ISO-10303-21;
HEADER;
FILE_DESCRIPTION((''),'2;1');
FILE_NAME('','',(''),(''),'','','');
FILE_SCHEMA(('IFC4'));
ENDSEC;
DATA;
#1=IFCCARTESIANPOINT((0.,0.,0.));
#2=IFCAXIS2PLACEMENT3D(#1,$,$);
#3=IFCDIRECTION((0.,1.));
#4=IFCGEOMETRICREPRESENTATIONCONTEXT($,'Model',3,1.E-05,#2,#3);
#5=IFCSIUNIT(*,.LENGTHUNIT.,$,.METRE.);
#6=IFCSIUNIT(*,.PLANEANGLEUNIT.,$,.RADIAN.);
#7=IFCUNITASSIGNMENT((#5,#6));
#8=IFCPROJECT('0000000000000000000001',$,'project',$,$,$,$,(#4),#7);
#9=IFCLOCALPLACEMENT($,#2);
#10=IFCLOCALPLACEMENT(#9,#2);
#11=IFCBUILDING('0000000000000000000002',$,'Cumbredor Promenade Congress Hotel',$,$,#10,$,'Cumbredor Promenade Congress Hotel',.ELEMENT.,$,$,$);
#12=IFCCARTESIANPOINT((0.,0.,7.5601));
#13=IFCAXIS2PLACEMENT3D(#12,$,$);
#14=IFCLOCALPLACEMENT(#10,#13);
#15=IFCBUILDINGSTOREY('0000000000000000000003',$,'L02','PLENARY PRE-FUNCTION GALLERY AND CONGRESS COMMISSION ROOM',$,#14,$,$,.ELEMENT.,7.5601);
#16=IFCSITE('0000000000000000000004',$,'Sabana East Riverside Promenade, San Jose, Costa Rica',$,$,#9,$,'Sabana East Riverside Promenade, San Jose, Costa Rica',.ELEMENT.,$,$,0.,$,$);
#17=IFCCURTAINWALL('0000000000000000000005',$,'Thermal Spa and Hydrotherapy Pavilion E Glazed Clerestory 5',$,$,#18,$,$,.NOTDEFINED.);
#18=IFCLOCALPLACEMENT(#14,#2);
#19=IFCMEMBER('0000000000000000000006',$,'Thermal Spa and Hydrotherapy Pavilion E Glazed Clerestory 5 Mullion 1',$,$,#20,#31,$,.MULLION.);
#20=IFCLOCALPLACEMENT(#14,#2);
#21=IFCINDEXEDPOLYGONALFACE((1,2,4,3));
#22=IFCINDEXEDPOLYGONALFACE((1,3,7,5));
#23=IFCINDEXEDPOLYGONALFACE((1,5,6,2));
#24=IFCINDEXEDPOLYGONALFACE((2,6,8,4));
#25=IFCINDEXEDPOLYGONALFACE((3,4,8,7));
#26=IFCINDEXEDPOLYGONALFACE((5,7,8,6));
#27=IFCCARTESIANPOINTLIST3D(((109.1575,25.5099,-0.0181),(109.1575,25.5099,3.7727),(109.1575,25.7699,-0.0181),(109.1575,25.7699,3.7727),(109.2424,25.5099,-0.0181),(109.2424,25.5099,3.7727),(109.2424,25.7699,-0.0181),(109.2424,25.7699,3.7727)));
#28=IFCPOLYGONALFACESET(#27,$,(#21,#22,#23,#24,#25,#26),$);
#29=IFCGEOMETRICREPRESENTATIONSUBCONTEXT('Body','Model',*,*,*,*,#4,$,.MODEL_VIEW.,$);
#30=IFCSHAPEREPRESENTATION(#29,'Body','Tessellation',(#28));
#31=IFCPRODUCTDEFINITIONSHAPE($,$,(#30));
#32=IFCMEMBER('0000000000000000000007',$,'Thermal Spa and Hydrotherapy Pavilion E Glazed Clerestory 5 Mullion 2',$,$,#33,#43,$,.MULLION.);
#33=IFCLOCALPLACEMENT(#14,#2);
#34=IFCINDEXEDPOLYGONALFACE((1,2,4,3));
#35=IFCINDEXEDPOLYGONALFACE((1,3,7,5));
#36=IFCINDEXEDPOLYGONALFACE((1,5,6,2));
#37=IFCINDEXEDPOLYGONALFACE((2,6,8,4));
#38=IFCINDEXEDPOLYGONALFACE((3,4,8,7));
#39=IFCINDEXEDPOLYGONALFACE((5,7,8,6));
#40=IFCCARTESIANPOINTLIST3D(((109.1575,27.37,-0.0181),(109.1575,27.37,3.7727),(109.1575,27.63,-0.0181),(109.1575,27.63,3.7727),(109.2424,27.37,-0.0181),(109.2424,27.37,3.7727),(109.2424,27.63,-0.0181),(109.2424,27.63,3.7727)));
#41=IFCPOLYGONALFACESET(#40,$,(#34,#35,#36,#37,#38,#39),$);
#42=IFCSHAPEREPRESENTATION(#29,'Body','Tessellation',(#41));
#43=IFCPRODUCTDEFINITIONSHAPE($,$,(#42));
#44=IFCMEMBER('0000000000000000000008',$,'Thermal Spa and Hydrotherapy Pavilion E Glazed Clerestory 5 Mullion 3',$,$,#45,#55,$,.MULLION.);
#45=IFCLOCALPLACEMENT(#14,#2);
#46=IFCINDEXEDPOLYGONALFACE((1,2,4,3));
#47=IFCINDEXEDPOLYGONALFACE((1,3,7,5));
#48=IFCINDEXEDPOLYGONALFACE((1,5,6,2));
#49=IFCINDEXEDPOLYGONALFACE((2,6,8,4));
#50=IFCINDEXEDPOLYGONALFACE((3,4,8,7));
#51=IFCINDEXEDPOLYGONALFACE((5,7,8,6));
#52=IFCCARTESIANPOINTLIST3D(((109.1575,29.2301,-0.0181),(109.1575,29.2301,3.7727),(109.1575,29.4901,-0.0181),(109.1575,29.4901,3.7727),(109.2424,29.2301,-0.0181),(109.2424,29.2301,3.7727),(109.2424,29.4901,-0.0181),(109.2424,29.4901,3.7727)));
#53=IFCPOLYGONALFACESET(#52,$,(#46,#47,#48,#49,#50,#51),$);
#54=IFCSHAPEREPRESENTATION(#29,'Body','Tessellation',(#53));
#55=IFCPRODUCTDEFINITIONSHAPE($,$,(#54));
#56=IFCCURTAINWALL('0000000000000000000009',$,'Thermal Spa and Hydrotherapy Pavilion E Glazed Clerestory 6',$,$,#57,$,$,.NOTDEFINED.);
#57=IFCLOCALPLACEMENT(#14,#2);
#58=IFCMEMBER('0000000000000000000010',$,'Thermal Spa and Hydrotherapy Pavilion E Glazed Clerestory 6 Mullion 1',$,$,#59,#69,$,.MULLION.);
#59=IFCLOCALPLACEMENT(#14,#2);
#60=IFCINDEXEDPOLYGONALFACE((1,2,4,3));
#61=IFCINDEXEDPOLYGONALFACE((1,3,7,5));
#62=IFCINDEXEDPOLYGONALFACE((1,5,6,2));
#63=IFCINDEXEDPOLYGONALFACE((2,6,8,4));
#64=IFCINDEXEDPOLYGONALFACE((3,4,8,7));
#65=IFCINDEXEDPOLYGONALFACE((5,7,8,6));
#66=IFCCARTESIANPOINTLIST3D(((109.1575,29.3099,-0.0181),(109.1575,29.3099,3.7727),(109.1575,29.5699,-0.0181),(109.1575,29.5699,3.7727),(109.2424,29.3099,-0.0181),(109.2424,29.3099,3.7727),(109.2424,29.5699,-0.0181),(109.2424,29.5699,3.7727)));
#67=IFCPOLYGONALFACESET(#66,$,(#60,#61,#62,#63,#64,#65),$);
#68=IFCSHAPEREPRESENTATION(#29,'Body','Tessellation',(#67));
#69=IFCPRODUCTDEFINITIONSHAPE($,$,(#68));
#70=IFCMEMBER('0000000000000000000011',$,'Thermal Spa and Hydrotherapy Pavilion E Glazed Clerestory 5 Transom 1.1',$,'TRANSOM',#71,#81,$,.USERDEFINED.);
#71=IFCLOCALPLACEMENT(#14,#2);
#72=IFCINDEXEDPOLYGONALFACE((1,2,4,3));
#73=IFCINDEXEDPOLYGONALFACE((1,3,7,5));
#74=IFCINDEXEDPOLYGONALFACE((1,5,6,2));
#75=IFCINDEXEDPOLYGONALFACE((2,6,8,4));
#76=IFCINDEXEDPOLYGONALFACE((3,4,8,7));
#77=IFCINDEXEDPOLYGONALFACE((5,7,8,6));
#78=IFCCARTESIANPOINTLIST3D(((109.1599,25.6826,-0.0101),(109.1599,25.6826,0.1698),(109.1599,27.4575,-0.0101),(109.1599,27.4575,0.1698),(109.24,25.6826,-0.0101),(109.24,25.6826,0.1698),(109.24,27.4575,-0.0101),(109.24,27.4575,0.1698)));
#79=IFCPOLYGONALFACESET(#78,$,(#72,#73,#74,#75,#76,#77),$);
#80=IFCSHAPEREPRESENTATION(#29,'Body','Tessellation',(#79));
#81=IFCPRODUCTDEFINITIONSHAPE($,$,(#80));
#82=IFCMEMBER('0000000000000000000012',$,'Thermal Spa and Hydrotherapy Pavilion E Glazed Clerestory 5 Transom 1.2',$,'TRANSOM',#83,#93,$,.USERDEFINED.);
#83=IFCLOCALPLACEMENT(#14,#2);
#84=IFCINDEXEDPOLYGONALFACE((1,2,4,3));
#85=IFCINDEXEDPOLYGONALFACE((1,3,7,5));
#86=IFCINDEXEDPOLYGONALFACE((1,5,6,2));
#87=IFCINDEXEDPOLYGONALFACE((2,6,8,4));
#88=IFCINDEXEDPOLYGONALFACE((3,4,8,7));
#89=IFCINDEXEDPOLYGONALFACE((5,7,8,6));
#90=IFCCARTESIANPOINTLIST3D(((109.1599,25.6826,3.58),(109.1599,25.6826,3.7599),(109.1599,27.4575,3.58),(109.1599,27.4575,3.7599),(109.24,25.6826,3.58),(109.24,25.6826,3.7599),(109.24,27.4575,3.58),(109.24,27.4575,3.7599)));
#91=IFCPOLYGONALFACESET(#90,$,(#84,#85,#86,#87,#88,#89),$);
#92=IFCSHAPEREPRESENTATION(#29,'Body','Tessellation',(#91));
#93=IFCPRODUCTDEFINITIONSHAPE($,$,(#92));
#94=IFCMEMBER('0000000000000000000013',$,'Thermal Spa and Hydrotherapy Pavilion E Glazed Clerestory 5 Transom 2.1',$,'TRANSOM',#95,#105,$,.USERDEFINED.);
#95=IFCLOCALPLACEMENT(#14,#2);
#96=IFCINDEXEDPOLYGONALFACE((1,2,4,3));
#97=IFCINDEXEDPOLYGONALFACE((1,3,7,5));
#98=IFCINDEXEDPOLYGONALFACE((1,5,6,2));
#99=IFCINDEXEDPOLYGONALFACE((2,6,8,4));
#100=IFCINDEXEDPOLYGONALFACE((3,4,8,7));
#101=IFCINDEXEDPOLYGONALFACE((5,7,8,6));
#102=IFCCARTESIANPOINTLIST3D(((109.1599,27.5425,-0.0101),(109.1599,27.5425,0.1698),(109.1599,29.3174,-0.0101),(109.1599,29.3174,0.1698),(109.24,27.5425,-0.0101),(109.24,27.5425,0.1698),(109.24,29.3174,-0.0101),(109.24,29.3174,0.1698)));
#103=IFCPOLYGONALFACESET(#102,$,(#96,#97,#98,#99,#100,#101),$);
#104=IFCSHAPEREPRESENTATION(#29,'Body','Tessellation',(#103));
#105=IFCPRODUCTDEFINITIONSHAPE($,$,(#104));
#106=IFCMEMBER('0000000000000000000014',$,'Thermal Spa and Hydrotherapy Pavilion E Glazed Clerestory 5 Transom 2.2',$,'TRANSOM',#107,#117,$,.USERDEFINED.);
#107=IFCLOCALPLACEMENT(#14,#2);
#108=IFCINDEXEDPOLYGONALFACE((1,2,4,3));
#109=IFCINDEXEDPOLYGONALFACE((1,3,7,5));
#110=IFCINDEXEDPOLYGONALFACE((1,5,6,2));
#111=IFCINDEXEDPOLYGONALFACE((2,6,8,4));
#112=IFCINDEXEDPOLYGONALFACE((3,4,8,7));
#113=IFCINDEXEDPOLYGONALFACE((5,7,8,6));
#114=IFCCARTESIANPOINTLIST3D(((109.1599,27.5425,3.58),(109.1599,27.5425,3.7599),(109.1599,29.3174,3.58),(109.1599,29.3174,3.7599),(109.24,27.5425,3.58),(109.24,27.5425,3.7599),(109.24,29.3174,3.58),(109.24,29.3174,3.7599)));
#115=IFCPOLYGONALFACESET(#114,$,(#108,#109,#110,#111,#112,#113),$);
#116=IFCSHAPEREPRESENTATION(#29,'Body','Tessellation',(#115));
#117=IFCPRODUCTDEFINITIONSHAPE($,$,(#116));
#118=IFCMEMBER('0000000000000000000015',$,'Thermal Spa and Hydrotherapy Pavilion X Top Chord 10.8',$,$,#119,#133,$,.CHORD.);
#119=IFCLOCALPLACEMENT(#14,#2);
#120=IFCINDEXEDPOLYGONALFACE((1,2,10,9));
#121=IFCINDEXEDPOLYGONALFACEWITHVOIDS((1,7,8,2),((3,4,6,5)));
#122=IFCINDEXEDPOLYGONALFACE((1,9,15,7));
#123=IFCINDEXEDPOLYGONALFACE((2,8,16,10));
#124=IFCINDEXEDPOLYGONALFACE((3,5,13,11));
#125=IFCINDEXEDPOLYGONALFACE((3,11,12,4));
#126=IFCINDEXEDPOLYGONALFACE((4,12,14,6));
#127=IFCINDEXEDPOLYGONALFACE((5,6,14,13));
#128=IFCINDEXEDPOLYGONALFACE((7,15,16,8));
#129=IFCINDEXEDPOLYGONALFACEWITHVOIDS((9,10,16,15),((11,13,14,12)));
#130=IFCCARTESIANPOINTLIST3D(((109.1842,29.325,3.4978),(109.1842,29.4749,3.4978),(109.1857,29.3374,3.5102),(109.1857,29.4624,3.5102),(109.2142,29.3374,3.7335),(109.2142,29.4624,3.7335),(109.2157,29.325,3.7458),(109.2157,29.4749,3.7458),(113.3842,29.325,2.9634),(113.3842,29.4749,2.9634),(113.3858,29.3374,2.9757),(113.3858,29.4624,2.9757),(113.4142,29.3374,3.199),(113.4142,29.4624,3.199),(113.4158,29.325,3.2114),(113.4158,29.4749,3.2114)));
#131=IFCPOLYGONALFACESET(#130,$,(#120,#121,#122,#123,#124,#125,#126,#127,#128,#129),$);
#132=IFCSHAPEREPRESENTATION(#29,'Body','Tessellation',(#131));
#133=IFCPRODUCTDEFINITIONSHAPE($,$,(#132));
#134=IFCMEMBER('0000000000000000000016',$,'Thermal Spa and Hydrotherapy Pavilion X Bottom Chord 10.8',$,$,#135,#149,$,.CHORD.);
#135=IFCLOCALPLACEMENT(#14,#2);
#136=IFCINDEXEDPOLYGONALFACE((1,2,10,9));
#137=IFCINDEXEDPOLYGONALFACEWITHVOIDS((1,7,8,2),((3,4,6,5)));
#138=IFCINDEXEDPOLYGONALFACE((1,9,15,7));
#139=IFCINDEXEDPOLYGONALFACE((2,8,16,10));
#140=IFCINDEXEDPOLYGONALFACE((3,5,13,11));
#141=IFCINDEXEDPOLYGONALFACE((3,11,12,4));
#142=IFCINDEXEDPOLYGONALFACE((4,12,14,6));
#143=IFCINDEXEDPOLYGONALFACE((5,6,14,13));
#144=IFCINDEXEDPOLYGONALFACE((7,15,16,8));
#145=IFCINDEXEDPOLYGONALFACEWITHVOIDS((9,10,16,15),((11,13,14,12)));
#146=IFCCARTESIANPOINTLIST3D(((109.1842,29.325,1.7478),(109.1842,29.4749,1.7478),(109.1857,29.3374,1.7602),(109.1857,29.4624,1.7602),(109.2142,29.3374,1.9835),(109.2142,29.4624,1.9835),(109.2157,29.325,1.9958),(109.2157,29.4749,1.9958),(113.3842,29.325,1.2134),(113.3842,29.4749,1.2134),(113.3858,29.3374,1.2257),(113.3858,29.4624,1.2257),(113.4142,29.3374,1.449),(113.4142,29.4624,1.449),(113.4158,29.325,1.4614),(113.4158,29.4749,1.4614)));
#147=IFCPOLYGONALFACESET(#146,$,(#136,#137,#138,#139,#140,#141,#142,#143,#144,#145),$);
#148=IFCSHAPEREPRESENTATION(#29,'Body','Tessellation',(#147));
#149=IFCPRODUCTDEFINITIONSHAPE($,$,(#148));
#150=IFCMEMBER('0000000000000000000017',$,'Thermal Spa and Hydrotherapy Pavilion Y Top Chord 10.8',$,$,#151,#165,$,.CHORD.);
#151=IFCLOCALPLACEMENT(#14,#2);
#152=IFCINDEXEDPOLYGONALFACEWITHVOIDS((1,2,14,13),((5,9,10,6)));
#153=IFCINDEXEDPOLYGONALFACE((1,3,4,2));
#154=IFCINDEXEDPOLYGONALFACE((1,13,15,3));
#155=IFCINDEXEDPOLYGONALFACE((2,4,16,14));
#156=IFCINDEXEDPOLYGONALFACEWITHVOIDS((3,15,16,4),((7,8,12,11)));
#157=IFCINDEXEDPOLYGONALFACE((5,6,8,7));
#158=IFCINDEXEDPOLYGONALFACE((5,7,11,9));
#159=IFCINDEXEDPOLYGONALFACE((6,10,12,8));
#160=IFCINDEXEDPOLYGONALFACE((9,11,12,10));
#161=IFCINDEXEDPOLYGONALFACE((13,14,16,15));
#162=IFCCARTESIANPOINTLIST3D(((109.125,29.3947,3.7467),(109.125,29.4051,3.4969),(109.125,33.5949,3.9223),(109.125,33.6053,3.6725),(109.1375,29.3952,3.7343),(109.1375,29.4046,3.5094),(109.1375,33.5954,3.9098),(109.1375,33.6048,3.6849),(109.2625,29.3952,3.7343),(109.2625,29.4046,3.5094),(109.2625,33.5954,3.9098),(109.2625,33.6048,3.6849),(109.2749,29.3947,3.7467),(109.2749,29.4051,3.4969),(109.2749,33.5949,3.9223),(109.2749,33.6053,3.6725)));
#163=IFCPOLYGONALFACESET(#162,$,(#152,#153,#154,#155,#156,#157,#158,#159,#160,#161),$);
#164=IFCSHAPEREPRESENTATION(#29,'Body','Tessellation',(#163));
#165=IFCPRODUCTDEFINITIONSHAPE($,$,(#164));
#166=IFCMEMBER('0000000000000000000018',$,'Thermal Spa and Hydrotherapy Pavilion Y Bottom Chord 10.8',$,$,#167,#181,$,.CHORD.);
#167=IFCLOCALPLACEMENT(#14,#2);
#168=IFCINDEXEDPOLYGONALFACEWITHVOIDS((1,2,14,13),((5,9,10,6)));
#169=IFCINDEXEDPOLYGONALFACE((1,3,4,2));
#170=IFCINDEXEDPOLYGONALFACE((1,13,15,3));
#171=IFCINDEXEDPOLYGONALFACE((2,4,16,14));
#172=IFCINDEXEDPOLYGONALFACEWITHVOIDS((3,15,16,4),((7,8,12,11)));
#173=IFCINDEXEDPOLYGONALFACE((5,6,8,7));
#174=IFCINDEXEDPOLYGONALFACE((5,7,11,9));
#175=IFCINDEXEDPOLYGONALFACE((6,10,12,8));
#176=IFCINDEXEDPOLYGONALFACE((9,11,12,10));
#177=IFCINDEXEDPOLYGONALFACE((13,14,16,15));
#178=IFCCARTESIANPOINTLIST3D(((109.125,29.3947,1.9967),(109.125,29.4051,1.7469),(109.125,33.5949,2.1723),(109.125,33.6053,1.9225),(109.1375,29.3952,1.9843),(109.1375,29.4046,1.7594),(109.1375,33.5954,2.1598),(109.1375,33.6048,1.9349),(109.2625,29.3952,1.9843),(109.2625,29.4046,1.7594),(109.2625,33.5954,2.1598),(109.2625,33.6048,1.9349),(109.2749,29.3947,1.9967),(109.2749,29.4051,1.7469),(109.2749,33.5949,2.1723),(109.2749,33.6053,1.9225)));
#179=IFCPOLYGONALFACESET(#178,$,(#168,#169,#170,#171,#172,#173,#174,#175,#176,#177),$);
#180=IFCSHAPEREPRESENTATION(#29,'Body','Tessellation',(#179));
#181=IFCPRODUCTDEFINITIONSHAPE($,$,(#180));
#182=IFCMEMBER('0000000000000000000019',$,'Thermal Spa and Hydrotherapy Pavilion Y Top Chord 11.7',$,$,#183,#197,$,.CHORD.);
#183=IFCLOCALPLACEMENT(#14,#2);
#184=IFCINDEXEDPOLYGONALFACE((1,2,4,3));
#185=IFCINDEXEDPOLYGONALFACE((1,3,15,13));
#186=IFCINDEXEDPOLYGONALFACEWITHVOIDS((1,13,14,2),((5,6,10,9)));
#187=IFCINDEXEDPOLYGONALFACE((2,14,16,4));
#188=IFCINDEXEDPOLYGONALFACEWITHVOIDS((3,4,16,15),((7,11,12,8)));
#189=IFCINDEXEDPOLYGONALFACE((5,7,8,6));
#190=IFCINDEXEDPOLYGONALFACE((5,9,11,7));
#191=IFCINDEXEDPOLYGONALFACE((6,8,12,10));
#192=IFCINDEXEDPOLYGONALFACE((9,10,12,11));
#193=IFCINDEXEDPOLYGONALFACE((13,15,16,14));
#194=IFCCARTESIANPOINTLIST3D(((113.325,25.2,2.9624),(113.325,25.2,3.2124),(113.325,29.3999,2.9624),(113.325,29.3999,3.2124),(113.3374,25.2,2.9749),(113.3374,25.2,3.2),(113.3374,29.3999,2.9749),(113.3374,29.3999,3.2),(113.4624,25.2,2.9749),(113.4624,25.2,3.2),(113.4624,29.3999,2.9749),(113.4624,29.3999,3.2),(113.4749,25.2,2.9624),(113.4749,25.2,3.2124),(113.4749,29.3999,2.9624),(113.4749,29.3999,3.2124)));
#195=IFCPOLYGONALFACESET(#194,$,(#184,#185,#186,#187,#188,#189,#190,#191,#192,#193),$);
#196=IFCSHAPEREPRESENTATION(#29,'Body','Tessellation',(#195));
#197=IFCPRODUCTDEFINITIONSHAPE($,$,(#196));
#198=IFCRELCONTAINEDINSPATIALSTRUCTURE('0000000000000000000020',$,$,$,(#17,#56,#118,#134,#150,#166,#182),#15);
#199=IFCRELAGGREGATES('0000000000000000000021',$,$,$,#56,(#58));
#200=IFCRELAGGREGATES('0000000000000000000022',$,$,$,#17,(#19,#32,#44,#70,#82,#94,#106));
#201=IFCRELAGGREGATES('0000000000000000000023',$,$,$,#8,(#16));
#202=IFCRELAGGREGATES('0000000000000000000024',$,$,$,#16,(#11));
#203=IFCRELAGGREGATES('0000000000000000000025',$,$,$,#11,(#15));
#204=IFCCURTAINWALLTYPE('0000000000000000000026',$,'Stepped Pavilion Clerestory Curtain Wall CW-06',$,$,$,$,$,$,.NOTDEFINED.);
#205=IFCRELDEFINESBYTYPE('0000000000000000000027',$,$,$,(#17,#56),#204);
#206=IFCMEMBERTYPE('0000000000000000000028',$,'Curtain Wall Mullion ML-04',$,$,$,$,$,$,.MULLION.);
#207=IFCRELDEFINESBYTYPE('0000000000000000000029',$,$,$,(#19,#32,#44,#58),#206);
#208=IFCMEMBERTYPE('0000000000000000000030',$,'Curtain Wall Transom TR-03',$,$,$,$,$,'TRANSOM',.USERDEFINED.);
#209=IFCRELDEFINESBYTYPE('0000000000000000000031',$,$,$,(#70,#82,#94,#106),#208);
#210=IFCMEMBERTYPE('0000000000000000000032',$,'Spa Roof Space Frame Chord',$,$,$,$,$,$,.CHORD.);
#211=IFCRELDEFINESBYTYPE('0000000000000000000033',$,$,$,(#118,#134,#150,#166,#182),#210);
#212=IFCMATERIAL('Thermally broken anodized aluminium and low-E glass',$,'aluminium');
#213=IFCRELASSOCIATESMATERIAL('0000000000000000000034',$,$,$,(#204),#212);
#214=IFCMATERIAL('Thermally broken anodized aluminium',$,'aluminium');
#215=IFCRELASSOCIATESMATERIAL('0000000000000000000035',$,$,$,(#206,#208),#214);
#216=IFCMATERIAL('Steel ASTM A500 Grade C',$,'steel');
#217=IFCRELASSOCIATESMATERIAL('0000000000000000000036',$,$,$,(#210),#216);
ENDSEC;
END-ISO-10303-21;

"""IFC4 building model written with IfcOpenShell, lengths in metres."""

from ifc_helpers import new_model, si_unit, direction, frame, origin, origin_2d, place, context, subcontext, project, spatial, rectangle, hollow_rectangle, extrude, material, material_profile, profile_set, type_object, element, aggregate, save


model = new_model("IFC4")

# Units and contexts
model_context = context("Model", 3, precision=1e-05, world=origin(), true_north=direction((0.0, 1.0)))
body_context = subcontext(model_context, "Body", "Model", "MODEL_VIEW")
ifc_project = project(units=[si_unit("LENGTHUNIT", "METRE"), si_unit("PLANEANGLEUNIT", "RADIAN")], contexts=[model_context])

# Site, building, storey
site_placement = place(None, origin())
site = spatial("IfcSite", under=ifc_project, at=site_placement, Name="Sabana East Riverside Promenade, San Jose, Costa Rica", LongName="Sabana East Riverside Promenade, San Jose, Costa Rica", CompositionType="ELEMENT", RefElevation=0.0)
building_placement = place(site_placement, origin())
building = spatial("IfcBuilding", under=site, at=building_placement, Name="Cumbredor Promenade Congress Hotel", LongName="Cumbredor Promenade Congress Hotel", CompositionType="ELEMENT")
storey_placement = place(building_placement, frame((0.0, 0.0, 7.5601)))
storey = spatial("IfcBuildingStorey", under=building, at=storey_placement, Name="L02", Description="PLENARY PRE-FUNCTION GALLERY AND CONGRESS COMMISSION ROOM", CompositionType="ELEMENT", Elevation=7.5601)

# Curtain wall, members
ifc_material_1 = material(Name="Thermally broken anodized aluminium and low-E glass", Category="aluminium")
curtain_wall_type = type_object("IfcCurtainWallType", Name="Stepped Pavilion Clerestory Curtain Wall CW-06", PredefinedType="NOTDEFINED", material=ifc_material_1)
curtain_wall_1_placement = place(storey_placement, origin())
curtain_wall_1 = element("IfcCurtainWall", 1, at=curtain_wall_1_placement, inside=storey, type_object=curtain_wall_type, Name="Thermal Spa and Hydrotherapy Pavilion E Glazed Clerestory 5", PredefinedType="NOTDEFINED")
ifc_material_2 = material(Name="Thermally broken anodized aluminium", Category="aluminium")
ifc_material_profile_1 = material_profile(ifc_material_2, rectangle(XDim=0.085, YDim=0.26, at=origin_2d()), Name="ALU MULLION CLERESTORY 85x260")
ifc_profile_set_1 = profile_set([ifc_material_profile_1], Name="Thermally broken anodized aluminium")
member_type_1 = type_object("IfcMemberType", Name="Curtain Wall Mullion ML-04", PredefinedType="MULLION", material=ifc_profile_set_1)
member_1_placement = place(storey_placement, frame((109.2, 25.6399, -0.0181), z_axis=(0.0, 0.0, 1.0), x_axis=(1.0, 0.0, 0.0)))
member_1 = element("IfcMember", 2, at=member_1_placement, type_object=member_type_1, Name="Thermal Spa and Hydrotherapy Pavilion E Glazed Clerestory 5 Mullion 1", PredefinedType="MULLION", context=body_context, shape_type="SweptSolid", body=[
    extrude(rectangle(XDim=0.085, YDim=0.26, at=origin_2d()), origin(), (0.0, 0.0, 1.0), 3.7908),
])
member_2_placement = place(storey_placement, frame((109.2, 27.5, -0.0181), z_axis=(0.0, 0.0, 1.0), x_axis=(1.0, 0.0, 0.0)))
member_2 = element("IfcMember", 3, at=member_2_placement, type_object=member_type_1, Name="Thermal Spa and Hydrotherapy Pavilion E Glazed Clerestory 5 Mullion 2", PredefinedType="MULLION", context=body_context, shape_type="SweptSolid", body=[
    extrude(rectangle(XDim=0.085, YDim=0.26, at=origin_2d()), origin(), (0.0, 0.0, 1.0), 3.7908),
])
member_3_placement = place(storey_placement, frame((109.2, 29.3601, -0.0181), z_axis=(0.0, 0.0, 1.0), x_axis=(1.0, 0.0, 0.0)))
member_3 = element("IfcMember", 4, at=member_3_placement, type_object=member_type_1, Name="Thermal Spa and Hydrotherapy Pavilion E Glazed Clerestory 5 Mullion 3", PredefinedType="MULLION", context=body_context, shape_type="SweptSolid", body=[
    extrude(rectangle(XDim=0.085, YDim=0.26, at=origin_2d()), origin(), (0.0, 0.0, 1.0), 3.7908),
])

# Curtain wall, member
curtain_wall_2_placement = place(storey_placement, origin())
curtain_wall_2 = element("IfcCurtainWall", 5, at=curtain_wall_2_placement, inside=storey, type_object=curtain_wall_type, Name="Thermal Spa and Hydrotherapy Pavilion E Glazed Clerestory 6", PredefinedType="NOTDEFINED")
member_4_placement = place(storey_placement, frame((109.2, 29.4399, -0.0181), z_axis=(0.0, 0.0, 1.0), x_axis=(1.0, 0.0, 0.0)))
member_4 = element("IfcMember", 6, at=member_4_placement, type_object=member_type_1, Name="Thermal Spa and Hydrotherapy Pavilion E Glazed Clerestory 6 Mullion 1", PredefinedType="MULLION", context=body_context, shape_type="SweptSolid", body=[
    extrude(rectangle(XDim=0.085, YDim=0.26, at=origin_2d()), origin(), (0.0, 0.0, 1.0), 3.7908),
])
aggregate(curtain_wall_2, [member_4])

# Members
ifc_material_profile_2 = material_profile(ifc_material_2, rectangle(XDim=0.0801, YDim=0.1799, at=origin_2d()), Name="ALU TRANSOM 80x180")
ifc_profile_set_2 = profile_set([ifc_material_profile_2], Name="Thermally broken anodized aluminium")
member_type_2 = type_object("IfcMemberType", Name="Curtain Wall Transom TR-03", ElementType="TRANSOM", PredefinedType="USERDEFINED", material=ifc_profile_set_2)
member_5_placement = place(storey_placement, frame((109.2, 25.6826, 0.0798), z_axis=(0.0, 1.0, 0.0), x_axis=(-1.0, 0.0, 0.0)))
member_5 = element("IfcMember", 7, at=member_5_placement, type_object=member_type_2, Name="Thermal Spa and Hydrotherapy Pavilion E Glazed Clerestory 5 Transom 1.1", ObjectType="TRANSOM", PredefinedType="USERDEFINED", context=body_context, shape_type="SweptSolid", body=[
    extrude(rectangle(XDim=0.0801, YDim=0.1799, at=origin_2d()), origin(), (0.0, 0.0, 1.0), 1.7749),
])
member_6_placement = place(storey_placement, frame((109.2, 25.6826, 3.6699), z_axis=(0.0, 1.0, 0.0), x_axis=(-1.0, 0.0, 0.0)))
member_6 = element("IfcMember", 8, at=member_6_placement, type_object=member_type_2, Name="Thermal Spa and Hydrotherapy Pavilion E Glazed Clerestory 5 Transom 1.2", ObjectType="TRANSOM", PredefinedType="USERDEFINED", context=body_context, shape_type="SweptSolid", body=[
    extrude(rectangle(XDim=0.0801, YDim=0.1799, at=origin_2d()), origin(), (0.0, 0.0, 1.0), 1.7749),
])
member_7_placement = place(storey_placement, frame((109.2, 27.5425, 0.0798), z_axis=(0.0, 1.0, 0.0), x_axis=(-1.0, 0.0, 0.0)))
member_7 = element("IfcMember", 9, at=member_7_placement, type_object=member_type_2, Name="Thermal Spa and Hydrotherapy Pavilion E Glazed Clerestory 5 Transom 2.1", ObjectType="TRANSOM", PredefinedType="USERDEFINED", context=body_context, shape_type="SweptSolid", body=[
    extrude(rectangle(XDim=0.0801, YDim=0.1799, at=origin_2d()), origin(), (0.0, 0.0, 1.0), 1.7749),
])
member_8_placement = place(storey_placement, frame((109.2, 27.5425, 3.6699), z_axis=(0.0, 1.0, 0.0), x_axis=(-1.0, 0.0, 0.0)))
member_8 = element("IfcMember", 10, at=member_8_placement, type_object=member_type_2, Name="Thermal Spa and Hydrotherapy Pavilion E Glazed Clerestory 5 Transom 2.2", ObjectType="TRANSOM", PredefinedType="USERDEFINED", context=body_context, shape_type="SweptSolid", body=[
    extrude(rectangle(XDim=0.0801, YDim=0.1799, at=origin_2d()), origin(), (0.0, 0.0, 1.0), 1.7749),
])

# Members
ifc_material_3 = material(Name="Steel ASTM A500 Grade C", Category="steel")
ifc_material_profile_3 = material_profile(ifc_material_3, hollow_rectangle(XDim=0.1499, YDim=0.25, WallThickness=0.0125, at=origin_2d()), Name="HSS 250x150x12.5")
ifc_profile_set_3 = profile_set([ifc_material_profile_3], Name="Steel ASTM A500 Grade C")
member_type_3 = type_object("IfcMemberType", Name="Spa Roof Space Frame Chord", PredefinedType="CHORD", material=ifc_profile_set_3)
for number, where, z_axis, x_axis, name in (
    (11, (109.2, 29.3999, 3.6218), (0.992001, 0.0, -0.126227), (0.0, 1.0, 0.0), "Thermal Spa and Hydrotherapy Pavilion X Top Chord 10.8"),
    (12, (109.2, 29.3999, 1.8718), (0.992001, 0.0, -0.126227), (0.0, 1.0, 0.0), "Thermal Spa and Hydrotherapy Pavilion X Bottom Chord 10.8"),
):
    element("IfcMember", number, at=place(storey_placement, frame(where, z_axis=z_axis, x_axis=x_axis)), inside=storey, type_object=member_type_3, Name=name, PredefinedType="CHORD", context=body_context, shape_type="SweptSolid", body=[
        extrude(hollow_rectangle(XDim=0.1499, YDim=0.25, WallThickness=0.0125, at=origin_2d()), origin(), (0.0, 0.0, 1.0), 4.2339),
    ])
for number, where, z_axis, x_axis, name in (
    (13, (109.2, 29.3999, 3.6218), (0.0, 0.999128, 0.041756), (-1.0, 0.0, 0.0), "Thermal Spa and Hydrotherapy Pavilion Y Top Chord 10.8"),
    (14, (109.2, 29.3999, 1.8718), (0.0, 0.999128, 0.041756), (-1.0, 0.0, 0.0), "Thermal Spa and Hydrotherapy Pavilion Y Bottom Chord 10.8"),
):
    element("IfcMember", number, at=place(storey_placement, frame(where, z_axis=z_axis, x_axis=x_axis)), inside=storey, type_object=member_type_3, Name=name, PredefinedType="CHORD", context=body_context, shape_type="SweptSolid", body=[
        extrude(hollow_rectangle(XDim=0.1499, YDim=0.25, WallThickness=0.0125, at=origin_2d()), origin(), (0.0, 0.0, 1.0), 4.2039),
    ])
for number, where, z_axis, x_axis, name in (
    (15, (113.3999, 25.2, 3.0874), (0.0, 1.0, 0.0), (-1.0, 0.0, 0.0), "Thermal Spa and Hydrotherapy Pavilion Y Top Chord 11.7"),
):
    element("IfcMember", number, at=place(storey_placement, frame(where, z_axis=z_axis, x_axis=x_axis)), inside=storey, type_object=member_type_3, Name=name, PredefinedType="CHORD", context=body_context, shape_type="SweptSolid", body=[
        extrude(hollow_rectangle(XDim=0.1499, YDim=0.25, WallThickness=0.0125, at=origin_2d()), origin(), (0.0, 0.0, 1.0), 4.2),
    ])

aggregate(curtain_wall_1, [member_1, member_2, member_3, member_5, member_6, member_7, member_8])

save(model, "model.ifc")
